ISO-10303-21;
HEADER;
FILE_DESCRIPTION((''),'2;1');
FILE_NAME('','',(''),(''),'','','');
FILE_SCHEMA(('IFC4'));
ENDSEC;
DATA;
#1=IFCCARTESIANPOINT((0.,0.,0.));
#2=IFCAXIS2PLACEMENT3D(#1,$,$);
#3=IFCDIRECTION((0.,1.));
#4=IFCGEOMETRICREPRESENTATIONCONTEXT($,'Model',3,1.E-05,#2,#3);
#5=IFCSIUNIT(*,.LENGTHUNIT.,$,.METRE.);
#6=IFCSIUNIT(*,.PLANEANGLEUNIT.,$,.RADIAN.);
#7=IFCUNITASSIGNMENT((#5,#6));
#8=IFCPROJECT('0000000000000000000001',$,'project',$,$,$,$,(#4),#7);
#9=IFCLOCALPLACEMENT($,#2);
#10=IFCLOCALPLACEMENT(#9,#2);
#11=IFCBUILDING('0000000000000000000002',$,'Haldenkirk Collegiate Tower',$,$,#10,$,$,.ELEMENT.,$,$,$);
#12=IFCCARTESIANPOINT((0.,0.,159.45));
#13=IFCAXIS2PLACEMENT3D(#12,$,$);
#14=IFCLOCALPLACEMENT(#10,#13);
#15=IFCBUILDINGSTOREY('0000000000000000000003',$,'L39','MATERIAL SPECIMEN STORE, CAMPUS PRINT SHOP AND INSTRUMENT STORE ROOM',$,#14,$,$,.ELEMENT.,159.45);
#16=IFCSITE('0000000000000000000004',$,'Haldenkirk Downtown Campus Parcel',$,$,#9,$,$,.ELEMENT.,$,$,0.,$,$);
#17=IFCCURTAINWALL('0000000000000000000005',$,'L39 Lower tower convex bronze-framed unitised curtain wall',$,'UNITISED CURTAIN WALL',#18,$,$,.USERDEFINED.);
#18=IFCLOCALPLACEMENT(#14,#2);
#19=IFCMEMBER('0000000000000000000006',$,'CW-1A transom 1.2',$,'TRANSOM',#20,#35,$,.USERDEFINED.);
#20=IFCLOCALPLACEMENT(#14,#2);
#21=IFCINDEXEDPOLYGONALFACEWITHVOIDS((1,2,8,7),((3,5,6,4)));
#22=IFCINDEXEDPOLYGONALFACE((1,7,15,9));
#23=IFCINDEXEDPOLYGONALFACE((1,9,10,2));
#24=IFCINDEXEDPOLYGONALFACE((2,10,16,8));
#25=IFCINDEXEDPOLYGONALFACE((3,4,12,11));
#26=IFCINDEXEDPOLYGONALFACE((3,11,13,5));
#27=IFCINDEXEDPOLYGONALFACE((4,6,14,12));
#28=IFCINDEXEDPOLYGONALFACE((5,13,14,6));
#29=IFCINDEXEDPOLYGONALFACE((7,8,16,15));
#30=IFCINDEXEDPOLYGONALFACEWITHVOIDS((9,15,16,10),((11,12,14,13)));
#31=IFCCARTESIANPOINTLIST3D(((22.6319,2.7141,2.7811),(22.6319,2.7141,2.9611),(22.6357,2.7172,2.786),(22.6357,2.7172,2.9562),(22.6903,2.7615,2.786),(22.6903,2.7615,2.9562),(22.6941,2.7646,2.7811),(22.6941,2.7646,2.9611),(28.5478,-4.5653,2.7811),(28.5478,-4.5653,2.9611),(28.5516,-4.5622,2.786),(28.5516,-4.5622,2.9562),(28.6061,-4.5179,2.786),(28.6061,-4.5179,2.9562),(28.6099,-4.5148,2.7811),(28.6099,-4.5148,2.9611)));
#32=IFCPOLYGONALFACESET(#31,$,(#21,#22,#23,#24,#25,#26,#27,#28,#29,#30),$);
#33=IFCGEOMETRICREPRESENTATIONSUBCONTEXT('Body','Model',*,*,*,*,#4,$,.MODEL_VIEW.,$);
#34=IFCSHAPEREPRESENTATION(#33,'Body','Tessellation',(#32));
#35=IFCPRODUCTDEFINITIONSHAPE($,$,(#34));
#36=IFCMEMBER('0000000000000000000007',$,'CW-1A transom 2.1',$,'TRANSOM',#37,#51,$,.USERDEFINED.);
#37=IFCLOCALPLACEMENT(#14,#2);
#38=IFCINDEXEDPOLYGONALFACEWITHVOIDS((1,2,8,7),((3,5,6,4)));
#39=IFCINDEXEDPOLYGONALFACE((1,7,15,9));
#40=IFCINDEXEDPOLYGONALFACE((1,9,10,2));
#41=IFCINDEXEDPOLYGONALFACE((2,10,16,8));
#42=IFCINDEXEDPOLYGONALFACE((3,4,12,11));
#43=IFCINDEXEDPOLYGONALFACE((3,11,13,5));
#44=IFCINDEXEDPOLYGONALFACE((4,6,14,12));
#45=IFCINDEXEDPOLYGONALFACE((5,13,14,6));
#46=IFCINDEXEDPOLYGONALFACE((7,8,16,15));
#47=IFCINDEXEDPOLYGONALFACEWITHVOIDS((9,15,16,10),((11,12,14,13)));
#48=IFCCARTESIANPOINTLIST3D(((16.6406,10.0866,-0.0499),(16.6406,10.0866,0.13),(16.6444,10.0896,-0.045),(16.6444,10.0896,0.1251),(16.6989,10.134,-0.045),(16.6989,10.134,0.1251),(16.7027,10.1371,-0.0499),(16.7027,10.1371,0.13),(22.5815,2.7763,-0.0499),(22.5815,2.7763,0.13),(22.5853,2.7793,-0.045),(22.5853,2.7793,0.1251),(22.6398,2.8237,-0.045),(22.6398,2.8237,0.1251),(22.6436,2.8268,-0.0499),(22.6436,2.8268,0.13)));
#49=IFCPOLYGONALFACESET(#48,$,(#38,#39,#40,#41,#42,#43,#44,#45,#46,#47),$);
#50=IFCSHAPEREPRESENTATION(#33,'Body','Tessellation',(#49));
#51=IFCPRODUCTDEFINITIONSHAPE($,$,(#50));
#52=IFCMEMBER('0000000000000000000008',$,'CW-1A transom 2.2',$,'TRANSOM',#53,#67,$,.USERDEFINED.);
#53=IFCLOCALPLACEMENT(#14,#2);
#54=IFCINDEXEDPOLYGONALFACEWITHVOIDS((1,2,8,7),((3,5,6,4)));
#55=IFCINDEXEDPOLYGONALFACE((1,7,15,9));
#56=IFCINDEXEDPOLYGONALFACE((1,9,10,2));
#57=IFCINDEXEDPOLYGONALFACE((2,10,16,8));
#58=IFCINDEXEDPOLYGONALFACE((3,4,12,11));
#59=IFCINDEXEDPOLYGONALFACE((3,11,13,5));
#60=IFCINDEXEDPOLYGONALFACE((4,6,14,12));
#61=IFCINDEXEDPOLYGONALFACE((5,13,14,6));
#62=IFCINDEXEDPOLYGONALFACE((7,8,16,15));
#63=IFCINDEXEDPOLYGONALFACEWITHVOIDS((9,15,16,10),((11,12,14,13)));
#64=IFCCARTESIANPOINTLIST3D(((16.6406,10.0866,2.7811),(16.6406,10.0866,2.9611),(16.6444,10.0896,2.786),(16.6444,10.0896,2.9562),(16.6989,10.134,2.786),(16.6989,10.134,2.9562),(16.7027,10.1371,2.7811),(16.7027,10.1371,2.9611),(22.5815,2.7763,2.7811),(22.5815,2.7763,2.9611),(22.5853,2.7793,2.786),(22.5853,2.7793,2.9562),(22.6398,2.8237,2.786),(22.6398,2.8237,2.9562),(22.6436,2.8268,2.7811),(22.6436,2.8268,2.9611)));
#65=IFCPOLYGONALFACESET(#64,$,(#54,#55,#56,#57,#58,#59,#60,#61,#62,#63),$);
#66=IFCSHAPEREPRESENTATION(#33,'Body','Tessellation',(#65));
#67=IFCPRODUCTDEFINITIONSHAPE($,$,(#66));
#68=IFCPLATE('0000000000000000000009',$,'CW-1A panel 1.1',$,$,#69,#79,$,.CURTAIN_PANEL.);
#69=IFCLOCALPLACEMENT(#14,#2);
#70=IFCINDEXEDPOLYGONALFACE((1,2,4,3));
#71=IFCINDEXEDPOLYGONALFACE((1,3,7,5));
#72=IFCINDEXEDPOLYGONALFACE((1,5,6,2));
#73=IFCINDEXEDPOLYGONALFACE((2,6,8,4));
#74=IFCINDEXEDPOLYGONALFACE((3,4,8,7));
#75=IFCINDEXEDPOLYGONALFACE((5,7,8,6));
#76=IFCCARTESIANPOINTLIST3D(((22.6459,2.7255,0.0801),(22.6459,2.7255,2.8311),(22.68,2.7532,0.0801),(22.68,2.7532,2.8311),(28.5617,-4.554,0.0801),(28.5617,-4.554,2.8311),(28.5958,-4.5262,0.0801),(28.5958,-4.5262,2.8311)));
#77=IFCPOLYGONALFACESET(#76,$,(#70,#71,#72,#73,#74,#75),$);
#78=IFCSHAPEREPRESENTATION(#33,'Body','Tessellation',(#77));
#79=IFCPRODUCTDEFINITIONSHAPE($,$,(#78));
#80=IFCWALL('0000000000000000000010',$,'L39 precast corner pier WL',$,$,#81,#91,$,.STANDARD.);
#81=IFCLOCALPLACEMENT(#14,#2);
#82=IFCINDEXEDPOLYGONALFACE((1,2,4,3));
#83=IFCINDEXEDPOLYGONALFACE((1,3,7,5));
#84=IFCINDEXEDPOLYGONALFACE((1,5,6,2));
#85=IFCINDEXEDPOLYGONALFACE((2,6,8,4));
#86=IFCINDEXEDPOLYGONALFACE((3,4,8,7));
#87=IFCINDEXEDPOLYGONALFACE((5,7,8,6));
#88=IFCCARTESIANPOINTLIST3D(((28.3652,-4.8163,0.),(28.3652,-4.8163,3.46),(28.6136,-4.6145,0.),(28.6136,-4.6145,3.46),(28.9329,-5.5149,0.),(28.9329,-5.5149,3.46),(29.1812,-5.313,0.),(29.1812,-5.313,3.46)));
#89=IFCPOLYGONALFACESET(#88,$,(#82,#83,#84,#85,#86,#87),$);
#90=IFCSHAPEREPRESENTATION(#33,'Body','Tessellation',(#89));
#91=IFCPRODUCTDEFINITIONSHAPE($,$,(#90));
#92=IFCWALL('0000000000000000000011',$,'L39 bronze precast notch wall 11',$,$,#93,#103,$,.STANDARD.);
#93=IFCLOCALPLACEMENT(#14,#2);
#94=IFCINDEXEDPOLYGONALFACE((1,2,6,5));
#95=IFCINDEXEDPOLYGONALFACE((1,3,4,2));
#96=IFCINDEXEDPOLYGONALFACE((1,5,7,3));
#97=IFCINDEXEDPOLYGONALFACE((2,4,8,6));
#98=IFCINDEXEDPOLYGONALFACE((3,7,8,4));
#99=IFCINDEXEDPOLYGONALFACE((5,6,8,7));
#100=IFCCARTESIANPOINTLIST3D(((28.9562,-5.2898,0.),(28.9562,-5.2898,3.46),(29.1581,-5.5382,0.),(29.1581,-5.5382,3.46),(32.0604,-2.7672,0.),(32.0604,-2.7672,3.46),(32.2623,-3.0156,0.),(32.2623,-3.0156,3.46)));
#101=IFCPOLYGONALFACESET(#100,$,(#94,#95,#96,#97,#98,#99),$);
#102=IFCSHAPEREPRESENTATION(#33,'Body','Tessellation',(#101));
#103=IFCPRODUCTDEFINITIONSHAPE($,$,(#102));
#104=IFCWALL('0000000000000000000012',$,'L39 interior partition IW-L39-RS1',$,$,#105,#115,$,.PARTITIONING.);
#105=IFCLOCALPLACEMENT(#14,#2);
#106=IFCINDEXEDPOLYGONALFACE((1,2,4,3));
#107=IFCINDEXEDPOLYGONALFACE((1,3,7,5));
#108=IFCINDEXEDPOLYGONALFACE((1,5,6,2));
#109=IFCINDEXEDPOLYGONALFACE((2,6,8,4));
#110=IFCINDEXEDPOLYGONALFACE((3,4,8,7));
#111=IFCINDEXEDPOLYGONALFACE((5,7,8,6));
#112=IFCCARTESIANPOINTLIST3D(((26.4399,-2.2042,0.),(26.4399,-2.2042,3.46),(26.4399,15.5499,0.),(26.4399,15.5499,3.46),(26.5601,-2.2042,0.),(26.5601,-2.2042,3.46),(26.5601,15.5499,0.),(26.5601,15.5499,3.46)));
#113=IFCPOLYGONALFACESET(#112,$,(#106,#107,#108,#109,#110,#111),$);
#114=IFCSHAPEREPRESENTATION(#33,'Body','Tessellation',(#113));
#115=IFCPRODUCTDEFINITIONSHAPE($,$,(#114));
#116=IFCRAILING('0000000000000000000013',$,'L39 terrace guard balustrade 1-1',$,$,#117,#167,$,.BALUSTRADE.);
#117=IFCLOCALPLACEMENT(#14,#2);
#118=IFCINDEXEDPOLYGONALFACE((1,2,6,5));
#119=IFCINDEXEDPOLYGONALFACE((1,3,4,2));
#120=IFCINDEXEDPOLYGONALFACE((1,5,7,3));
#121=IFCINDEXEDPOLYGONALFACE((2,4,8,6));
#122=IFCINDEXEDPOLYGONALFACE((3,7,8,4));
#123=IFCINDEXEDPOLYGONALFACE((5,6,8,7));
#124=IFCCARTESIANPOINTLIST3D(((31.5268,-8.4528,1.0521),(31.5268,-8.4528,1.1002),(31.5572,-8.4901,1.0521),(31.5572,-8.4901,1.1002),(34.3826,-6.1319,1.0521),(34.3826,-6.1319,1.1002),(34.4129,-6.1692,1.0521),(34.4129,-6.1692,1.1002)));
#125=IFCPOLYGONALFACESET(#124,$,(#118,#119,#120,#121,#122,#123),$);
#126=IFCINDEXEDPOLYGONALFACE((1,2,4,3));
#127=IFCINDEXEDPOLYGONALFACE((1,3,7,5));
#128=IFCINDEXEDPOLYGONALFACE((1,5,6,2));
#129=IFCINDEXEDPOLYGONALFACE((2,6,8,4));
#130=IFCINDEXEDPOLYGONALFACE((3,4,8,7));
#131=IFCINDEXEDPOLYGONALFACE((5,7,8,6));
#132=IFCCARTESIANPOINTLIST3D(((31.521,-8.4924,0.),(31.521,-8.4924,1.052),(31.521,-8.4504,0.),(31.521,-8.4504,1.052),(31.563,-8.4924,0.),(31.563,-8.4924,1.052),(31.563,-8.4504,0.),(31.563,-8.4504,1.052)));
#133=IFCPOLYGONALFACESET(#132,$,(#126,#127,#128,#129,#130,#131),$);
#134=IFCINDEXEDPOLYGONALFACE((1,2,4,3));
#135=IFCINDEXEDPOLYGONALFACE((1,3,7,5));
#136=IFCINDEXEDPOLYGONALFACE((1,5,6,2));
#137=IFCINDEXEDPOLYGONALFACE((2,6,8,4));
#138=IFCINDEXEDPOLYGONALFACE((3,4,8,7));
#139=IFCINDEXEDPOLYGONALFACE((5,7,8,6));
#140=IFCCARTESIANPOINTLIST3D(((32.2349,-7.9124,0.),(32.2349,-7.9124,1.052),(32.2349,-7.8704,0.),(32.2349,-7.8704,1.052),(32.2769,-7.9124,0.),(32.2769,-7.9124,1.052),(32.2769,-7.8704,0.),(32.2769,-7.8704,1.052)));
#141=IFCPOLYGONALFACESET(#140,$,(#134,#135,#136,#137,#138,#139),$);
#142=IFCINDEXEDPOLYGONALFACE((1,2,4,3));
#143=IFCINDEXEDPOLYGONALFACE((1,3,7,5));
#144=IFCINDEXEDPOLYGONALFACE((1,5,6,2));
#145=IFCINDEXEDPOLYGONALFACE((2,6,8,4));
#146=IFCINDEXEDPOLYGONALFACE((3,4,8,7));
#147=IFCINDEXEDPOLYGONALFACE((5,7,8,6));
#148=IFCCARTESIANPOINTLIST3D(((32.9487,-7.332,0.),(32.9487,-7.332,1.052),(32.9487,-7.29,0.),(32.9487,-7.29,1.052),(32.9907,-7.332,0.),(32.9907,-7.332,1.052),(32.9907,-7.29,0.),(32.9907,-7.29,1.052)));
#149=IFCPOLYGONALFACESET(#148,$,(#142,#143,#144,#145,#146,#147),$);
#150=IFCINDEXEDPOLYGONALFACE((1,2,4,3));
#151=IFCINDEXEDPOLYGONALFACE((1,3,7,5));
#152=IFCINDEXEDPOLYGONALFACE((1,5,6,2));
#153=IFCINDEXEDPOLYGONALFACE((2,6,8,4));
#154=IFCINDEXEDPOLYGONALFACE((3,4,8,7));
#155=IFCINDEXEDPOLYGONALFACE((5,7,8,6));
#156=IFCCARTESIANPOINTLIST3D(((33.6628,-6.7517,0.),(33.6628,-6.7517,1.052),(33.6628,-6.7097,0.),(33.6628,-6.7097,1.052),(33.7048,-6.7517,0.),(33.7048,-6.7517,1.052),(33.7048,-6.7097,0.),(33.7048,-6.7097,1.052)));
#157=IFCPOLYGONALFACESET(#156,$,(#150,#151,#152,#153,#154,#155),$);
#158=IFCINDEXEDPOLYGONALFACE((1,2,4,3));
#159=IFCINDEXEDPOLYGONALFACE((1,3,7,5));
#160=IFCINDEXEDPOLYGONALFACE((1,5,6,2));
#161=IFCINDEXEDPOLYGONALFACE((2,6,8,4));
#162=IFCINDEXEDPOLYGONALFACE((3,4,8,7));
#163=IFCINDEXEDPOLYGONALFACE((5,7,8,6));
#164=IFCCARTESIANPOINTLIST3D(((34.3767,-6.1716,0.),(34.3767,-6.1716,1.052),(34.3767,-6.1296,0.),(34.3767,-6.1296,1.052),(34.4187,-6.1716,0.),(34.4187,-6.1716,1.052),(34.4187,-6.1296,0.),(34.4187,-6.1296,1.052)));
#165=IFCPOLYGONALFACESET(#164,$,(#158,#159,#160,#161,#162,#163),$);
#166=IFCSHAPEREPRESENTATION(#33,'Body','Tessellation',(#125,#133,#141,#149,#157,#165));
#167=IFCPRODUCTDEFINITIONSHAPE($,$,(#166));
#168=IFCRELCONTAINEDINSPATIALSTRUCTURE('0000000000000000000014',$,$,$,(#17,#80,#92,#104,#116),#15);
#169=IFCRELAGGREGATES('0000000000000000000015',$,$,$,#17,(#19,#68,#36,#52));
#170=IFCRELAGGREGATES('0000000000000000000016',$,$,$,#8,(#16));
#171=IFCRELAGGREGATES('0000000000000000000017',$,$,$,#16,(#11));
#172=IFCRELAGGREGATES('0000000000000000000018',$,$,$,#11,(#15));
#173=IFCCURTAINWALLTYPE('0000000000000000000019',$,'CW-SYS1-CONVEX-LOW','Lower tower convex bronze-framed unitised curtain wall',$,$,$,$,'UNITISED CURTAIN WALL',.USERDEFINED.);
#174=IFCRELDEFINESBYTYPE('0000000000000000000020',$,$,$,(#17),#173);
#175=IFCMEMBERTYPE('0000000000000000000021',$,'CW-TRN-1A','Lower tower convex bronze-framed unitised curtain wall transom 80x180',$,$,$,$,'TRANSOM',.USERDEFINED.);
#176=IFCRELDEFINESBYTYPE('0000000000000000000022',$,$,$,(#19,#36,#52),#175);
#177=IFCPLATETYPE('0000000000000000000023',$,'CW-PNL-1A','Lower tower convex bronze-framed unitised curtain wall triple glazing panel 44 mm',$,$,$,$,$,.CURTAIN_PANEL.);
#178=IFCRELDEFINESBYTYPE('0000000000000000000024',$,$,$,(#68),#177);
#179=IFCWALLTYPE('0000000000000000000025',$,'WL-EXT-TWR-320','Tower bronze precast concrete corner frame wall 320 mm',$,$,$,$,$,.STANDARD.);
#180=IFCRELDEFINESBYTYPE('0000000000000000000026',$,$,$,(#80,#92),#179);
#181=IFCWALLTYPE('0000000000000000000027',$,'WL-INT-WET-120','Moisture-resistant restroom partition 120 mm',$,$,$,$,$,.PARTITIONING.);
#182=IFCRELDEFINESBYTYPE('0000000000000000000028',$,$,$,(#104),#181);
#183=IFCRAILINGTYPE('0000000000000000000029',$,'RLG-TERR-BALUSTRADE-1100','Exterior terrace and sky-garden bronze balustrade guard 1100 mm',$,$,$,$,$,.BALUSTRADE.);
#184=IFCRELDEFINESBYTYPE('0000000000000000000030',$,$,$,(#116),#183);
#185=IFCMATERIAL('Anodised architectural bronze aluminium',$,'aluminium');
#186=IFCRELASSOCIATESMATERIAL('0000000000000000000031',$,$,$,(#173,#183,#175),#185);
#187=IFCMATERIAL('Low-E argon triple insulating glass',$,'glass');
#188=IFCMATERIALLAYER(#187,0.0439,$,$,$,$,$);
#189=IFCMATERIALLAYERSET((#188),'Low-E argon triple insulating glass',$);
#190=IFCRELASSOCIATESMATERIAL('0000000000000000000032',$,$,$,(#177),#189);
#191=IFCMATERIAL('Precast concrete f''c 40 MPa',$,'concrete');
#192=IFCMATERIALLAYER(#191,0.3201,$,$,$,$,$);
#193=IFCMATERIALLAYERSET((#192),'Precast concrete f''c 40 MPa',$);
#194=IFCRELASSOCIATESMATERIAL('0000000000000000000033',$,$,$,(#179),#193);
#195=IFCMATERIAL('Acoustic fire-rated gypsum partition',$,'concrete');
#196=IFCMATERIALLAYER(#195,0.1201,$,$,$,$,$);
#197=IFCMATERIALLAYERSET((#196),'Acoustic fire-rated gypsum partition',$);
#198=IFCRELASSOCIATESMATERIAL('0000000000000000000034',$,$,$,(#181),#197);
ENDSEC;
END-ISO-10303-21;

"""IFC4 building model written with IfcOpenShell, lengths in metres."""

from ifc_helpers import new_model, si_unit, direction, frame, frame_2d, origin, origin_2d, place, context, subcontext, project, spatial, rectangle, hollow_rectangle, extrude, source, transform, mapped, material, layer, layer_set, material_profile, profile_set, type_object, element, aggregate, save


model = new_model("IFC4")

# Units and contexts
model_context = context("Model", 3, precision=1e-05, world=origin(), true_north=direction((0.0, 1.0)))
body_context = subcontext(model_context, "Body", "Model", "MODEL_VIEW")
ifc_project = project(units=[si_unit("LENGTHUNIT", "METRE"), si_unit("PLANEANGLEUNIT", "RADIAN")], contexts=[model_context])

# Site, building, storey
site_placement = place(None, origin())
site = spatial("IfcSite", under=ifc_project, at=site_placement, Name="Haldenkirk Downtown Campus Parcel", CompositionType="ELEMENT", RefElevation=0.0)
building_placement = place(site_placement, origin())
building = spatial("IfcBuilding", under=site, at=building_placement, Name="Haldenkirk Collegiate Tower", CompositionType="ELEMENT")
storey_placement = place(building_placement, frame((0.0, 0.0, 159.45)))
storey = spatial("IfcBuildingStorey", under=building, at=storey_placement, Name="L39", Description="MATERIAL SPECIMEN STORE, CAMPUS PRINT SHOP AND INSTRUMENT STORE ROOM", CompositionType="ELEMENT", Elevation=159.45)

# Curtain wall, members, plate
ifc_material_1 = material(Name="Anodised architectural bronze aluminium", Category="aluminium")
curtain_wall_type = type_object("IfcCurtainWallType", Name="CW-SYS1-CONVEX-LOW", Description="Lower tower convex bronze-framed unitised curtain wall", ElementType="UNITISED CURTAIN WALL", PredefinedType="USERDEFINED", material=ifc_material_1)
curtain_wall_placement = place(storey_placement, origin())
curtain_wall = element("IfcCurtainWall", 1, at=curtain_wall_placement, inside=storey, type_object=curtain_wall_type, Name="L39 Lower tower convex bronze-framed unitised curtain wall", ObjectType="UNITISED CURTAIN WALL", PredefinedType="USERDEFINED")
ifc_material_profile_1 = material_profile(ifc_material_1, hollow_rectangle(XDim=0.0801, YDim=0.1799, WallThickness=0.0049, at=origin_2d()), Name="CW-TRN-1A")
ifc_profile_set_1 = profile_set([ifc_material_profile_1], Name="Anodised architectural bronze aluminium")
member_type_1 = type_object("IfcMemberType", Name="CW-TRN-1A", Description="Lower tower convex bronze-framed unitised curtain wall transom 80x180", ElementType="TRANSOM", PredefinedType="USERDEFINED", material=ifc_profile_set_1)
member_1_placement = place(storey_placement, frame((28.5789, -4.54, 2.8711), z_axis=(-0.630679, 0.776044, 0.0), x_axis=(-0.776044, -0.630679, 0.0)))
member_1 = element("IfcMember", 2, at=member_1_placement, type_object=member_type_1, Name="CW-1A transom 1.2", ObjectType="TRANSOM", PredefinedType="USERDEFINED", context=body_context, shape_type="SweptSolid", body=[
    extrude(hollow_rectangle(XDim=0.0801, YDim=0.1799, WallThickness=0.0049, at=origin_2d()), origin(), (0.0, 0.0, 1.0), 9.3801),
])
member_2_placement = place(storey_placement, frame((22.6125, 2.8015, 0.04), z_axis=(-0.630676, 0.776047, 0.0), x_axis=(-0.776047, -0.630676, 0.0)))
member_2 = element("IfcMember", 3, at=member_2_placement, type_object=member_type_1, Name="CW-1A transom 2.1", ObjectType="TRANSOM", PredefinedType="USERDEFINED", context=body_context, shape_type="SweptSolid", body=[
    extrude(hollow_rectangle(XDim=0.0801, YDim=0.1799, WallThickness=0.0049, at=origin_2d()), origin(), (0.0, 0.0, 1.0), 9.4199),
])
member_3_placement = place(storey_placement, frame((22.6125, 2.8015, 2.8711), z_axis=(-0.630676, 0.776047, 0.0), x_axis=(-0.776047, -0.630676, 0.0)))
member_3 = element("IfcMember", 4, at=member_3_placement, type_object=member_type_1, Name="CW-1A transom 2.2", ObjectType="TRANSOM", PredefinedType="USERDEFINED", context=body_context, shape_type="SweptSolid", body=[
    extrude(hollow_rectangle(XDim=0.0801, YDim=0.1799, WallThickness=0.0049, at=origin_2d()), origin(), (0.0, 0.0, 1.0), 9.4199),
])
ifc_material_2 = material(Name="Low-E argon triple insulating glass", Category="glass")
ifc_layer_1 = layer(ifc_material_2, 0.0439)
ifc_layer_set_1 = layer_set([ifc_layer_1], Name="Low-E argon triple insulating glass")
plate_type = type_object("IfcPlateType", Name="CW-PNL-1A", Description="Lower tower convex bronze-framed unitised curtain wall triple glazing panel 44 mm", PredefinedType="CURTAIN_PANEL", material=ifc_layer_set_1)
shared_shape_1 = source(origin(), body_context, "Body", "SweptSolid", [
    extrude(rectangle(XDim=9.3801, YDim=0.0439, at=origin_2d()), origin(), (0.0, 0.0, 1.0), 2.751),
])
plate_placement = place(storey_placement, frame((25.6208, -0.9004, 0.0801), z_axis=(0.0, 0.0, 1.0), x_axis=(-0.630674, 0.776048, 0.0)))
plate = element("IfcPlate", 5, at=plate_placement, type_object=plate_type, Name="CW-1A panel 1.1", PredefinedType="CURTAIN_PANEL", context=body_context, shape_type="MappedRepresentation", body=[
    mapped(shared_shape_1, transform((0.0, 0.0, 0.0), x_axis=(1.0, 0.0, 0.0), y_axis=(0.0, 1.0, 0.0), z_axis=(0.0, 0.0, 1.0), scale=1.0)),
])
aggregate(curtain_wall, [member_1, plate, member_2, member_3])

# Walls
ifc_material_3 = material(Name="Precast concrete f'c 40 MPa", Category="concrete")
ifc_layer_2 = layer(ifc_material_3, 0.3201)
ifc_layer_set_2 = layer_set([ifc_layer_2], Name="Precast concrete f'c 40 MPa")
wall_type_1 = type_object("IfcWallType", Name="WL-EXT-TWR-320", Description="Tower bronze precast concrete corner frame wall 320 mm", PredefinedType="STANDARD", material=ifc_layer_set_2)
wall_1_placement = place(storey_placement, frame((29.0571, -5.4141, 0.0), z_axis=(0.0, 0.0, 1.0), x_axis=(-0.630664, 0.776056, 0.0)))
element("IfcWall", 6, at=wall_1_placement, inside=storey, type_object=wall_type_1, Name="L39 precast corner pier WL", PredefinedType="STANDARD", context=body_context, shape_type="SweptSolid", body=[
    extrude(rectangle(XDim=0.9001, YDim=0.3201, at=frame_2d((0.4502, 0.0))), origin(), (0.0, 0.0, 1.0), 3.46),
])
wall_2_placement = place(storey_placement, frame((32.1614, -2.8914, 0.0), z_axis=(0.0, 0.0, 1.0), x_axis=(-0.776052, -0.630668, 0.0)))
element("IfcWall", 7, at=wall_2_placement, inside=storey, type_object=wall_type_1, Name="L39 bronze precast notch wall 11", PredefinedType="STANDARD", context=body_context, shape_type="SweptSolid", body=[
    extrude(rectangle(XDim=4.0, YDim=0.3201, at=frame_2d((2.0, 0.0))), origin(), (0.0, 0.0, 1.0), 3.46),
])
ifc_material_4 = material(Name="Acoustic fire-rated gypsum partition", Category="concrete")
ifc_layer_3 = layer(ifc_material_4, 0.1201)
ifc_layer_set_3 = layer_set([ifc_layer_3], Name="Acoustic fire-rated gypsum partition")
wall_type_2 = type_object("IfcWallType", Name="WL-INT-WET-120", Description="Moisture-resistant restroom partition 120 mm", PredefinedType="PARTITIONING", material=ifc_layer_set_3)
wall_3_placement = place(storey_placement, frame((26.5, -2.2041, 0.0), z_axis=(0.0, 0.0, 1.0), x_axis=(0.0, 1.0, 0.0)))
element("IfcWall", 8, at=wall_3_placement, inside=storey, type_object=wall_type_2, Name="L39 interior partition IW-L39-RS1", PredefinedType="PARTITIONING", context=body_context, shape_type="SweptSolid", body=[
    extrude(rectangle(XDim=17.7542, YDim=0.1201, at=frame_2d((8.877, 0.0))), origin(), (0.0, 0.0, 1.0), 3.46),
])

# Railing
railing_type = type_object("IfcRailingType", Name="RLG-TERR-BALUSTRADE-1100", Description="Exterior terrace and sky-garden bronze balustrade guard 1100 mm", PredefinedType="BALUSTRADE", material=ifc_material_1)
railing_1_placement = place(storey_placement, frame((31.542, -8.4714, 0.0)))
element("IfcRailing", 9, at=railing_1_placement, inside=storey, type_object=railing_type, Name="L39 terrace guard balustrade 1-1", PredefinedType="BALUSTRADE", context=body_context, shape_type="SweptSolid", body=[
    extrude(rectangle(XDim=0.0481, YDim=0.0481, at=origin_2d()), frame((0.0, 0.0, 1.0762), z_axis=(0.776043, 0.63068, 0.0), x_axis=(-0.63068, 0.776043, 0.0)), (0.0, 0.0, 1.0), 3.6799),
    extrude(rectangle(XDim=0.042, YDim=0.042, at=origin_2d()), origin(), (0.0, 0.0, 1.0), 1.052),
    extrude(rectangle(XDim=0.042, YDim=0.042, at=origin_2d()), frame((0.7139, 0.5801, 0.0)), (0.0, 0.0, 1.0), 1.052),
    extrude(rectangle(XDim=0.042, YDim=0.042, at=origin_2d()), frame((1.4277, 1.1604, 0.0)), (0.0, 0.0, 1.0), 1.052),
    extrude(rectangle(XDim=0.042, YDim=0.042, at=origin_2d()), frame((2.1418, 1.7407, 0.0)), (0.0, 0.0, 1.0), 1.052),
    extrude(rectangle(XDim=0.042, YDim=0.042, at=origin_2d()), frame((2.8557, 2.3208, 0.0)), (0.0, 0.0, 1.0), 1.052),
])

save(model, "model.ifc")
